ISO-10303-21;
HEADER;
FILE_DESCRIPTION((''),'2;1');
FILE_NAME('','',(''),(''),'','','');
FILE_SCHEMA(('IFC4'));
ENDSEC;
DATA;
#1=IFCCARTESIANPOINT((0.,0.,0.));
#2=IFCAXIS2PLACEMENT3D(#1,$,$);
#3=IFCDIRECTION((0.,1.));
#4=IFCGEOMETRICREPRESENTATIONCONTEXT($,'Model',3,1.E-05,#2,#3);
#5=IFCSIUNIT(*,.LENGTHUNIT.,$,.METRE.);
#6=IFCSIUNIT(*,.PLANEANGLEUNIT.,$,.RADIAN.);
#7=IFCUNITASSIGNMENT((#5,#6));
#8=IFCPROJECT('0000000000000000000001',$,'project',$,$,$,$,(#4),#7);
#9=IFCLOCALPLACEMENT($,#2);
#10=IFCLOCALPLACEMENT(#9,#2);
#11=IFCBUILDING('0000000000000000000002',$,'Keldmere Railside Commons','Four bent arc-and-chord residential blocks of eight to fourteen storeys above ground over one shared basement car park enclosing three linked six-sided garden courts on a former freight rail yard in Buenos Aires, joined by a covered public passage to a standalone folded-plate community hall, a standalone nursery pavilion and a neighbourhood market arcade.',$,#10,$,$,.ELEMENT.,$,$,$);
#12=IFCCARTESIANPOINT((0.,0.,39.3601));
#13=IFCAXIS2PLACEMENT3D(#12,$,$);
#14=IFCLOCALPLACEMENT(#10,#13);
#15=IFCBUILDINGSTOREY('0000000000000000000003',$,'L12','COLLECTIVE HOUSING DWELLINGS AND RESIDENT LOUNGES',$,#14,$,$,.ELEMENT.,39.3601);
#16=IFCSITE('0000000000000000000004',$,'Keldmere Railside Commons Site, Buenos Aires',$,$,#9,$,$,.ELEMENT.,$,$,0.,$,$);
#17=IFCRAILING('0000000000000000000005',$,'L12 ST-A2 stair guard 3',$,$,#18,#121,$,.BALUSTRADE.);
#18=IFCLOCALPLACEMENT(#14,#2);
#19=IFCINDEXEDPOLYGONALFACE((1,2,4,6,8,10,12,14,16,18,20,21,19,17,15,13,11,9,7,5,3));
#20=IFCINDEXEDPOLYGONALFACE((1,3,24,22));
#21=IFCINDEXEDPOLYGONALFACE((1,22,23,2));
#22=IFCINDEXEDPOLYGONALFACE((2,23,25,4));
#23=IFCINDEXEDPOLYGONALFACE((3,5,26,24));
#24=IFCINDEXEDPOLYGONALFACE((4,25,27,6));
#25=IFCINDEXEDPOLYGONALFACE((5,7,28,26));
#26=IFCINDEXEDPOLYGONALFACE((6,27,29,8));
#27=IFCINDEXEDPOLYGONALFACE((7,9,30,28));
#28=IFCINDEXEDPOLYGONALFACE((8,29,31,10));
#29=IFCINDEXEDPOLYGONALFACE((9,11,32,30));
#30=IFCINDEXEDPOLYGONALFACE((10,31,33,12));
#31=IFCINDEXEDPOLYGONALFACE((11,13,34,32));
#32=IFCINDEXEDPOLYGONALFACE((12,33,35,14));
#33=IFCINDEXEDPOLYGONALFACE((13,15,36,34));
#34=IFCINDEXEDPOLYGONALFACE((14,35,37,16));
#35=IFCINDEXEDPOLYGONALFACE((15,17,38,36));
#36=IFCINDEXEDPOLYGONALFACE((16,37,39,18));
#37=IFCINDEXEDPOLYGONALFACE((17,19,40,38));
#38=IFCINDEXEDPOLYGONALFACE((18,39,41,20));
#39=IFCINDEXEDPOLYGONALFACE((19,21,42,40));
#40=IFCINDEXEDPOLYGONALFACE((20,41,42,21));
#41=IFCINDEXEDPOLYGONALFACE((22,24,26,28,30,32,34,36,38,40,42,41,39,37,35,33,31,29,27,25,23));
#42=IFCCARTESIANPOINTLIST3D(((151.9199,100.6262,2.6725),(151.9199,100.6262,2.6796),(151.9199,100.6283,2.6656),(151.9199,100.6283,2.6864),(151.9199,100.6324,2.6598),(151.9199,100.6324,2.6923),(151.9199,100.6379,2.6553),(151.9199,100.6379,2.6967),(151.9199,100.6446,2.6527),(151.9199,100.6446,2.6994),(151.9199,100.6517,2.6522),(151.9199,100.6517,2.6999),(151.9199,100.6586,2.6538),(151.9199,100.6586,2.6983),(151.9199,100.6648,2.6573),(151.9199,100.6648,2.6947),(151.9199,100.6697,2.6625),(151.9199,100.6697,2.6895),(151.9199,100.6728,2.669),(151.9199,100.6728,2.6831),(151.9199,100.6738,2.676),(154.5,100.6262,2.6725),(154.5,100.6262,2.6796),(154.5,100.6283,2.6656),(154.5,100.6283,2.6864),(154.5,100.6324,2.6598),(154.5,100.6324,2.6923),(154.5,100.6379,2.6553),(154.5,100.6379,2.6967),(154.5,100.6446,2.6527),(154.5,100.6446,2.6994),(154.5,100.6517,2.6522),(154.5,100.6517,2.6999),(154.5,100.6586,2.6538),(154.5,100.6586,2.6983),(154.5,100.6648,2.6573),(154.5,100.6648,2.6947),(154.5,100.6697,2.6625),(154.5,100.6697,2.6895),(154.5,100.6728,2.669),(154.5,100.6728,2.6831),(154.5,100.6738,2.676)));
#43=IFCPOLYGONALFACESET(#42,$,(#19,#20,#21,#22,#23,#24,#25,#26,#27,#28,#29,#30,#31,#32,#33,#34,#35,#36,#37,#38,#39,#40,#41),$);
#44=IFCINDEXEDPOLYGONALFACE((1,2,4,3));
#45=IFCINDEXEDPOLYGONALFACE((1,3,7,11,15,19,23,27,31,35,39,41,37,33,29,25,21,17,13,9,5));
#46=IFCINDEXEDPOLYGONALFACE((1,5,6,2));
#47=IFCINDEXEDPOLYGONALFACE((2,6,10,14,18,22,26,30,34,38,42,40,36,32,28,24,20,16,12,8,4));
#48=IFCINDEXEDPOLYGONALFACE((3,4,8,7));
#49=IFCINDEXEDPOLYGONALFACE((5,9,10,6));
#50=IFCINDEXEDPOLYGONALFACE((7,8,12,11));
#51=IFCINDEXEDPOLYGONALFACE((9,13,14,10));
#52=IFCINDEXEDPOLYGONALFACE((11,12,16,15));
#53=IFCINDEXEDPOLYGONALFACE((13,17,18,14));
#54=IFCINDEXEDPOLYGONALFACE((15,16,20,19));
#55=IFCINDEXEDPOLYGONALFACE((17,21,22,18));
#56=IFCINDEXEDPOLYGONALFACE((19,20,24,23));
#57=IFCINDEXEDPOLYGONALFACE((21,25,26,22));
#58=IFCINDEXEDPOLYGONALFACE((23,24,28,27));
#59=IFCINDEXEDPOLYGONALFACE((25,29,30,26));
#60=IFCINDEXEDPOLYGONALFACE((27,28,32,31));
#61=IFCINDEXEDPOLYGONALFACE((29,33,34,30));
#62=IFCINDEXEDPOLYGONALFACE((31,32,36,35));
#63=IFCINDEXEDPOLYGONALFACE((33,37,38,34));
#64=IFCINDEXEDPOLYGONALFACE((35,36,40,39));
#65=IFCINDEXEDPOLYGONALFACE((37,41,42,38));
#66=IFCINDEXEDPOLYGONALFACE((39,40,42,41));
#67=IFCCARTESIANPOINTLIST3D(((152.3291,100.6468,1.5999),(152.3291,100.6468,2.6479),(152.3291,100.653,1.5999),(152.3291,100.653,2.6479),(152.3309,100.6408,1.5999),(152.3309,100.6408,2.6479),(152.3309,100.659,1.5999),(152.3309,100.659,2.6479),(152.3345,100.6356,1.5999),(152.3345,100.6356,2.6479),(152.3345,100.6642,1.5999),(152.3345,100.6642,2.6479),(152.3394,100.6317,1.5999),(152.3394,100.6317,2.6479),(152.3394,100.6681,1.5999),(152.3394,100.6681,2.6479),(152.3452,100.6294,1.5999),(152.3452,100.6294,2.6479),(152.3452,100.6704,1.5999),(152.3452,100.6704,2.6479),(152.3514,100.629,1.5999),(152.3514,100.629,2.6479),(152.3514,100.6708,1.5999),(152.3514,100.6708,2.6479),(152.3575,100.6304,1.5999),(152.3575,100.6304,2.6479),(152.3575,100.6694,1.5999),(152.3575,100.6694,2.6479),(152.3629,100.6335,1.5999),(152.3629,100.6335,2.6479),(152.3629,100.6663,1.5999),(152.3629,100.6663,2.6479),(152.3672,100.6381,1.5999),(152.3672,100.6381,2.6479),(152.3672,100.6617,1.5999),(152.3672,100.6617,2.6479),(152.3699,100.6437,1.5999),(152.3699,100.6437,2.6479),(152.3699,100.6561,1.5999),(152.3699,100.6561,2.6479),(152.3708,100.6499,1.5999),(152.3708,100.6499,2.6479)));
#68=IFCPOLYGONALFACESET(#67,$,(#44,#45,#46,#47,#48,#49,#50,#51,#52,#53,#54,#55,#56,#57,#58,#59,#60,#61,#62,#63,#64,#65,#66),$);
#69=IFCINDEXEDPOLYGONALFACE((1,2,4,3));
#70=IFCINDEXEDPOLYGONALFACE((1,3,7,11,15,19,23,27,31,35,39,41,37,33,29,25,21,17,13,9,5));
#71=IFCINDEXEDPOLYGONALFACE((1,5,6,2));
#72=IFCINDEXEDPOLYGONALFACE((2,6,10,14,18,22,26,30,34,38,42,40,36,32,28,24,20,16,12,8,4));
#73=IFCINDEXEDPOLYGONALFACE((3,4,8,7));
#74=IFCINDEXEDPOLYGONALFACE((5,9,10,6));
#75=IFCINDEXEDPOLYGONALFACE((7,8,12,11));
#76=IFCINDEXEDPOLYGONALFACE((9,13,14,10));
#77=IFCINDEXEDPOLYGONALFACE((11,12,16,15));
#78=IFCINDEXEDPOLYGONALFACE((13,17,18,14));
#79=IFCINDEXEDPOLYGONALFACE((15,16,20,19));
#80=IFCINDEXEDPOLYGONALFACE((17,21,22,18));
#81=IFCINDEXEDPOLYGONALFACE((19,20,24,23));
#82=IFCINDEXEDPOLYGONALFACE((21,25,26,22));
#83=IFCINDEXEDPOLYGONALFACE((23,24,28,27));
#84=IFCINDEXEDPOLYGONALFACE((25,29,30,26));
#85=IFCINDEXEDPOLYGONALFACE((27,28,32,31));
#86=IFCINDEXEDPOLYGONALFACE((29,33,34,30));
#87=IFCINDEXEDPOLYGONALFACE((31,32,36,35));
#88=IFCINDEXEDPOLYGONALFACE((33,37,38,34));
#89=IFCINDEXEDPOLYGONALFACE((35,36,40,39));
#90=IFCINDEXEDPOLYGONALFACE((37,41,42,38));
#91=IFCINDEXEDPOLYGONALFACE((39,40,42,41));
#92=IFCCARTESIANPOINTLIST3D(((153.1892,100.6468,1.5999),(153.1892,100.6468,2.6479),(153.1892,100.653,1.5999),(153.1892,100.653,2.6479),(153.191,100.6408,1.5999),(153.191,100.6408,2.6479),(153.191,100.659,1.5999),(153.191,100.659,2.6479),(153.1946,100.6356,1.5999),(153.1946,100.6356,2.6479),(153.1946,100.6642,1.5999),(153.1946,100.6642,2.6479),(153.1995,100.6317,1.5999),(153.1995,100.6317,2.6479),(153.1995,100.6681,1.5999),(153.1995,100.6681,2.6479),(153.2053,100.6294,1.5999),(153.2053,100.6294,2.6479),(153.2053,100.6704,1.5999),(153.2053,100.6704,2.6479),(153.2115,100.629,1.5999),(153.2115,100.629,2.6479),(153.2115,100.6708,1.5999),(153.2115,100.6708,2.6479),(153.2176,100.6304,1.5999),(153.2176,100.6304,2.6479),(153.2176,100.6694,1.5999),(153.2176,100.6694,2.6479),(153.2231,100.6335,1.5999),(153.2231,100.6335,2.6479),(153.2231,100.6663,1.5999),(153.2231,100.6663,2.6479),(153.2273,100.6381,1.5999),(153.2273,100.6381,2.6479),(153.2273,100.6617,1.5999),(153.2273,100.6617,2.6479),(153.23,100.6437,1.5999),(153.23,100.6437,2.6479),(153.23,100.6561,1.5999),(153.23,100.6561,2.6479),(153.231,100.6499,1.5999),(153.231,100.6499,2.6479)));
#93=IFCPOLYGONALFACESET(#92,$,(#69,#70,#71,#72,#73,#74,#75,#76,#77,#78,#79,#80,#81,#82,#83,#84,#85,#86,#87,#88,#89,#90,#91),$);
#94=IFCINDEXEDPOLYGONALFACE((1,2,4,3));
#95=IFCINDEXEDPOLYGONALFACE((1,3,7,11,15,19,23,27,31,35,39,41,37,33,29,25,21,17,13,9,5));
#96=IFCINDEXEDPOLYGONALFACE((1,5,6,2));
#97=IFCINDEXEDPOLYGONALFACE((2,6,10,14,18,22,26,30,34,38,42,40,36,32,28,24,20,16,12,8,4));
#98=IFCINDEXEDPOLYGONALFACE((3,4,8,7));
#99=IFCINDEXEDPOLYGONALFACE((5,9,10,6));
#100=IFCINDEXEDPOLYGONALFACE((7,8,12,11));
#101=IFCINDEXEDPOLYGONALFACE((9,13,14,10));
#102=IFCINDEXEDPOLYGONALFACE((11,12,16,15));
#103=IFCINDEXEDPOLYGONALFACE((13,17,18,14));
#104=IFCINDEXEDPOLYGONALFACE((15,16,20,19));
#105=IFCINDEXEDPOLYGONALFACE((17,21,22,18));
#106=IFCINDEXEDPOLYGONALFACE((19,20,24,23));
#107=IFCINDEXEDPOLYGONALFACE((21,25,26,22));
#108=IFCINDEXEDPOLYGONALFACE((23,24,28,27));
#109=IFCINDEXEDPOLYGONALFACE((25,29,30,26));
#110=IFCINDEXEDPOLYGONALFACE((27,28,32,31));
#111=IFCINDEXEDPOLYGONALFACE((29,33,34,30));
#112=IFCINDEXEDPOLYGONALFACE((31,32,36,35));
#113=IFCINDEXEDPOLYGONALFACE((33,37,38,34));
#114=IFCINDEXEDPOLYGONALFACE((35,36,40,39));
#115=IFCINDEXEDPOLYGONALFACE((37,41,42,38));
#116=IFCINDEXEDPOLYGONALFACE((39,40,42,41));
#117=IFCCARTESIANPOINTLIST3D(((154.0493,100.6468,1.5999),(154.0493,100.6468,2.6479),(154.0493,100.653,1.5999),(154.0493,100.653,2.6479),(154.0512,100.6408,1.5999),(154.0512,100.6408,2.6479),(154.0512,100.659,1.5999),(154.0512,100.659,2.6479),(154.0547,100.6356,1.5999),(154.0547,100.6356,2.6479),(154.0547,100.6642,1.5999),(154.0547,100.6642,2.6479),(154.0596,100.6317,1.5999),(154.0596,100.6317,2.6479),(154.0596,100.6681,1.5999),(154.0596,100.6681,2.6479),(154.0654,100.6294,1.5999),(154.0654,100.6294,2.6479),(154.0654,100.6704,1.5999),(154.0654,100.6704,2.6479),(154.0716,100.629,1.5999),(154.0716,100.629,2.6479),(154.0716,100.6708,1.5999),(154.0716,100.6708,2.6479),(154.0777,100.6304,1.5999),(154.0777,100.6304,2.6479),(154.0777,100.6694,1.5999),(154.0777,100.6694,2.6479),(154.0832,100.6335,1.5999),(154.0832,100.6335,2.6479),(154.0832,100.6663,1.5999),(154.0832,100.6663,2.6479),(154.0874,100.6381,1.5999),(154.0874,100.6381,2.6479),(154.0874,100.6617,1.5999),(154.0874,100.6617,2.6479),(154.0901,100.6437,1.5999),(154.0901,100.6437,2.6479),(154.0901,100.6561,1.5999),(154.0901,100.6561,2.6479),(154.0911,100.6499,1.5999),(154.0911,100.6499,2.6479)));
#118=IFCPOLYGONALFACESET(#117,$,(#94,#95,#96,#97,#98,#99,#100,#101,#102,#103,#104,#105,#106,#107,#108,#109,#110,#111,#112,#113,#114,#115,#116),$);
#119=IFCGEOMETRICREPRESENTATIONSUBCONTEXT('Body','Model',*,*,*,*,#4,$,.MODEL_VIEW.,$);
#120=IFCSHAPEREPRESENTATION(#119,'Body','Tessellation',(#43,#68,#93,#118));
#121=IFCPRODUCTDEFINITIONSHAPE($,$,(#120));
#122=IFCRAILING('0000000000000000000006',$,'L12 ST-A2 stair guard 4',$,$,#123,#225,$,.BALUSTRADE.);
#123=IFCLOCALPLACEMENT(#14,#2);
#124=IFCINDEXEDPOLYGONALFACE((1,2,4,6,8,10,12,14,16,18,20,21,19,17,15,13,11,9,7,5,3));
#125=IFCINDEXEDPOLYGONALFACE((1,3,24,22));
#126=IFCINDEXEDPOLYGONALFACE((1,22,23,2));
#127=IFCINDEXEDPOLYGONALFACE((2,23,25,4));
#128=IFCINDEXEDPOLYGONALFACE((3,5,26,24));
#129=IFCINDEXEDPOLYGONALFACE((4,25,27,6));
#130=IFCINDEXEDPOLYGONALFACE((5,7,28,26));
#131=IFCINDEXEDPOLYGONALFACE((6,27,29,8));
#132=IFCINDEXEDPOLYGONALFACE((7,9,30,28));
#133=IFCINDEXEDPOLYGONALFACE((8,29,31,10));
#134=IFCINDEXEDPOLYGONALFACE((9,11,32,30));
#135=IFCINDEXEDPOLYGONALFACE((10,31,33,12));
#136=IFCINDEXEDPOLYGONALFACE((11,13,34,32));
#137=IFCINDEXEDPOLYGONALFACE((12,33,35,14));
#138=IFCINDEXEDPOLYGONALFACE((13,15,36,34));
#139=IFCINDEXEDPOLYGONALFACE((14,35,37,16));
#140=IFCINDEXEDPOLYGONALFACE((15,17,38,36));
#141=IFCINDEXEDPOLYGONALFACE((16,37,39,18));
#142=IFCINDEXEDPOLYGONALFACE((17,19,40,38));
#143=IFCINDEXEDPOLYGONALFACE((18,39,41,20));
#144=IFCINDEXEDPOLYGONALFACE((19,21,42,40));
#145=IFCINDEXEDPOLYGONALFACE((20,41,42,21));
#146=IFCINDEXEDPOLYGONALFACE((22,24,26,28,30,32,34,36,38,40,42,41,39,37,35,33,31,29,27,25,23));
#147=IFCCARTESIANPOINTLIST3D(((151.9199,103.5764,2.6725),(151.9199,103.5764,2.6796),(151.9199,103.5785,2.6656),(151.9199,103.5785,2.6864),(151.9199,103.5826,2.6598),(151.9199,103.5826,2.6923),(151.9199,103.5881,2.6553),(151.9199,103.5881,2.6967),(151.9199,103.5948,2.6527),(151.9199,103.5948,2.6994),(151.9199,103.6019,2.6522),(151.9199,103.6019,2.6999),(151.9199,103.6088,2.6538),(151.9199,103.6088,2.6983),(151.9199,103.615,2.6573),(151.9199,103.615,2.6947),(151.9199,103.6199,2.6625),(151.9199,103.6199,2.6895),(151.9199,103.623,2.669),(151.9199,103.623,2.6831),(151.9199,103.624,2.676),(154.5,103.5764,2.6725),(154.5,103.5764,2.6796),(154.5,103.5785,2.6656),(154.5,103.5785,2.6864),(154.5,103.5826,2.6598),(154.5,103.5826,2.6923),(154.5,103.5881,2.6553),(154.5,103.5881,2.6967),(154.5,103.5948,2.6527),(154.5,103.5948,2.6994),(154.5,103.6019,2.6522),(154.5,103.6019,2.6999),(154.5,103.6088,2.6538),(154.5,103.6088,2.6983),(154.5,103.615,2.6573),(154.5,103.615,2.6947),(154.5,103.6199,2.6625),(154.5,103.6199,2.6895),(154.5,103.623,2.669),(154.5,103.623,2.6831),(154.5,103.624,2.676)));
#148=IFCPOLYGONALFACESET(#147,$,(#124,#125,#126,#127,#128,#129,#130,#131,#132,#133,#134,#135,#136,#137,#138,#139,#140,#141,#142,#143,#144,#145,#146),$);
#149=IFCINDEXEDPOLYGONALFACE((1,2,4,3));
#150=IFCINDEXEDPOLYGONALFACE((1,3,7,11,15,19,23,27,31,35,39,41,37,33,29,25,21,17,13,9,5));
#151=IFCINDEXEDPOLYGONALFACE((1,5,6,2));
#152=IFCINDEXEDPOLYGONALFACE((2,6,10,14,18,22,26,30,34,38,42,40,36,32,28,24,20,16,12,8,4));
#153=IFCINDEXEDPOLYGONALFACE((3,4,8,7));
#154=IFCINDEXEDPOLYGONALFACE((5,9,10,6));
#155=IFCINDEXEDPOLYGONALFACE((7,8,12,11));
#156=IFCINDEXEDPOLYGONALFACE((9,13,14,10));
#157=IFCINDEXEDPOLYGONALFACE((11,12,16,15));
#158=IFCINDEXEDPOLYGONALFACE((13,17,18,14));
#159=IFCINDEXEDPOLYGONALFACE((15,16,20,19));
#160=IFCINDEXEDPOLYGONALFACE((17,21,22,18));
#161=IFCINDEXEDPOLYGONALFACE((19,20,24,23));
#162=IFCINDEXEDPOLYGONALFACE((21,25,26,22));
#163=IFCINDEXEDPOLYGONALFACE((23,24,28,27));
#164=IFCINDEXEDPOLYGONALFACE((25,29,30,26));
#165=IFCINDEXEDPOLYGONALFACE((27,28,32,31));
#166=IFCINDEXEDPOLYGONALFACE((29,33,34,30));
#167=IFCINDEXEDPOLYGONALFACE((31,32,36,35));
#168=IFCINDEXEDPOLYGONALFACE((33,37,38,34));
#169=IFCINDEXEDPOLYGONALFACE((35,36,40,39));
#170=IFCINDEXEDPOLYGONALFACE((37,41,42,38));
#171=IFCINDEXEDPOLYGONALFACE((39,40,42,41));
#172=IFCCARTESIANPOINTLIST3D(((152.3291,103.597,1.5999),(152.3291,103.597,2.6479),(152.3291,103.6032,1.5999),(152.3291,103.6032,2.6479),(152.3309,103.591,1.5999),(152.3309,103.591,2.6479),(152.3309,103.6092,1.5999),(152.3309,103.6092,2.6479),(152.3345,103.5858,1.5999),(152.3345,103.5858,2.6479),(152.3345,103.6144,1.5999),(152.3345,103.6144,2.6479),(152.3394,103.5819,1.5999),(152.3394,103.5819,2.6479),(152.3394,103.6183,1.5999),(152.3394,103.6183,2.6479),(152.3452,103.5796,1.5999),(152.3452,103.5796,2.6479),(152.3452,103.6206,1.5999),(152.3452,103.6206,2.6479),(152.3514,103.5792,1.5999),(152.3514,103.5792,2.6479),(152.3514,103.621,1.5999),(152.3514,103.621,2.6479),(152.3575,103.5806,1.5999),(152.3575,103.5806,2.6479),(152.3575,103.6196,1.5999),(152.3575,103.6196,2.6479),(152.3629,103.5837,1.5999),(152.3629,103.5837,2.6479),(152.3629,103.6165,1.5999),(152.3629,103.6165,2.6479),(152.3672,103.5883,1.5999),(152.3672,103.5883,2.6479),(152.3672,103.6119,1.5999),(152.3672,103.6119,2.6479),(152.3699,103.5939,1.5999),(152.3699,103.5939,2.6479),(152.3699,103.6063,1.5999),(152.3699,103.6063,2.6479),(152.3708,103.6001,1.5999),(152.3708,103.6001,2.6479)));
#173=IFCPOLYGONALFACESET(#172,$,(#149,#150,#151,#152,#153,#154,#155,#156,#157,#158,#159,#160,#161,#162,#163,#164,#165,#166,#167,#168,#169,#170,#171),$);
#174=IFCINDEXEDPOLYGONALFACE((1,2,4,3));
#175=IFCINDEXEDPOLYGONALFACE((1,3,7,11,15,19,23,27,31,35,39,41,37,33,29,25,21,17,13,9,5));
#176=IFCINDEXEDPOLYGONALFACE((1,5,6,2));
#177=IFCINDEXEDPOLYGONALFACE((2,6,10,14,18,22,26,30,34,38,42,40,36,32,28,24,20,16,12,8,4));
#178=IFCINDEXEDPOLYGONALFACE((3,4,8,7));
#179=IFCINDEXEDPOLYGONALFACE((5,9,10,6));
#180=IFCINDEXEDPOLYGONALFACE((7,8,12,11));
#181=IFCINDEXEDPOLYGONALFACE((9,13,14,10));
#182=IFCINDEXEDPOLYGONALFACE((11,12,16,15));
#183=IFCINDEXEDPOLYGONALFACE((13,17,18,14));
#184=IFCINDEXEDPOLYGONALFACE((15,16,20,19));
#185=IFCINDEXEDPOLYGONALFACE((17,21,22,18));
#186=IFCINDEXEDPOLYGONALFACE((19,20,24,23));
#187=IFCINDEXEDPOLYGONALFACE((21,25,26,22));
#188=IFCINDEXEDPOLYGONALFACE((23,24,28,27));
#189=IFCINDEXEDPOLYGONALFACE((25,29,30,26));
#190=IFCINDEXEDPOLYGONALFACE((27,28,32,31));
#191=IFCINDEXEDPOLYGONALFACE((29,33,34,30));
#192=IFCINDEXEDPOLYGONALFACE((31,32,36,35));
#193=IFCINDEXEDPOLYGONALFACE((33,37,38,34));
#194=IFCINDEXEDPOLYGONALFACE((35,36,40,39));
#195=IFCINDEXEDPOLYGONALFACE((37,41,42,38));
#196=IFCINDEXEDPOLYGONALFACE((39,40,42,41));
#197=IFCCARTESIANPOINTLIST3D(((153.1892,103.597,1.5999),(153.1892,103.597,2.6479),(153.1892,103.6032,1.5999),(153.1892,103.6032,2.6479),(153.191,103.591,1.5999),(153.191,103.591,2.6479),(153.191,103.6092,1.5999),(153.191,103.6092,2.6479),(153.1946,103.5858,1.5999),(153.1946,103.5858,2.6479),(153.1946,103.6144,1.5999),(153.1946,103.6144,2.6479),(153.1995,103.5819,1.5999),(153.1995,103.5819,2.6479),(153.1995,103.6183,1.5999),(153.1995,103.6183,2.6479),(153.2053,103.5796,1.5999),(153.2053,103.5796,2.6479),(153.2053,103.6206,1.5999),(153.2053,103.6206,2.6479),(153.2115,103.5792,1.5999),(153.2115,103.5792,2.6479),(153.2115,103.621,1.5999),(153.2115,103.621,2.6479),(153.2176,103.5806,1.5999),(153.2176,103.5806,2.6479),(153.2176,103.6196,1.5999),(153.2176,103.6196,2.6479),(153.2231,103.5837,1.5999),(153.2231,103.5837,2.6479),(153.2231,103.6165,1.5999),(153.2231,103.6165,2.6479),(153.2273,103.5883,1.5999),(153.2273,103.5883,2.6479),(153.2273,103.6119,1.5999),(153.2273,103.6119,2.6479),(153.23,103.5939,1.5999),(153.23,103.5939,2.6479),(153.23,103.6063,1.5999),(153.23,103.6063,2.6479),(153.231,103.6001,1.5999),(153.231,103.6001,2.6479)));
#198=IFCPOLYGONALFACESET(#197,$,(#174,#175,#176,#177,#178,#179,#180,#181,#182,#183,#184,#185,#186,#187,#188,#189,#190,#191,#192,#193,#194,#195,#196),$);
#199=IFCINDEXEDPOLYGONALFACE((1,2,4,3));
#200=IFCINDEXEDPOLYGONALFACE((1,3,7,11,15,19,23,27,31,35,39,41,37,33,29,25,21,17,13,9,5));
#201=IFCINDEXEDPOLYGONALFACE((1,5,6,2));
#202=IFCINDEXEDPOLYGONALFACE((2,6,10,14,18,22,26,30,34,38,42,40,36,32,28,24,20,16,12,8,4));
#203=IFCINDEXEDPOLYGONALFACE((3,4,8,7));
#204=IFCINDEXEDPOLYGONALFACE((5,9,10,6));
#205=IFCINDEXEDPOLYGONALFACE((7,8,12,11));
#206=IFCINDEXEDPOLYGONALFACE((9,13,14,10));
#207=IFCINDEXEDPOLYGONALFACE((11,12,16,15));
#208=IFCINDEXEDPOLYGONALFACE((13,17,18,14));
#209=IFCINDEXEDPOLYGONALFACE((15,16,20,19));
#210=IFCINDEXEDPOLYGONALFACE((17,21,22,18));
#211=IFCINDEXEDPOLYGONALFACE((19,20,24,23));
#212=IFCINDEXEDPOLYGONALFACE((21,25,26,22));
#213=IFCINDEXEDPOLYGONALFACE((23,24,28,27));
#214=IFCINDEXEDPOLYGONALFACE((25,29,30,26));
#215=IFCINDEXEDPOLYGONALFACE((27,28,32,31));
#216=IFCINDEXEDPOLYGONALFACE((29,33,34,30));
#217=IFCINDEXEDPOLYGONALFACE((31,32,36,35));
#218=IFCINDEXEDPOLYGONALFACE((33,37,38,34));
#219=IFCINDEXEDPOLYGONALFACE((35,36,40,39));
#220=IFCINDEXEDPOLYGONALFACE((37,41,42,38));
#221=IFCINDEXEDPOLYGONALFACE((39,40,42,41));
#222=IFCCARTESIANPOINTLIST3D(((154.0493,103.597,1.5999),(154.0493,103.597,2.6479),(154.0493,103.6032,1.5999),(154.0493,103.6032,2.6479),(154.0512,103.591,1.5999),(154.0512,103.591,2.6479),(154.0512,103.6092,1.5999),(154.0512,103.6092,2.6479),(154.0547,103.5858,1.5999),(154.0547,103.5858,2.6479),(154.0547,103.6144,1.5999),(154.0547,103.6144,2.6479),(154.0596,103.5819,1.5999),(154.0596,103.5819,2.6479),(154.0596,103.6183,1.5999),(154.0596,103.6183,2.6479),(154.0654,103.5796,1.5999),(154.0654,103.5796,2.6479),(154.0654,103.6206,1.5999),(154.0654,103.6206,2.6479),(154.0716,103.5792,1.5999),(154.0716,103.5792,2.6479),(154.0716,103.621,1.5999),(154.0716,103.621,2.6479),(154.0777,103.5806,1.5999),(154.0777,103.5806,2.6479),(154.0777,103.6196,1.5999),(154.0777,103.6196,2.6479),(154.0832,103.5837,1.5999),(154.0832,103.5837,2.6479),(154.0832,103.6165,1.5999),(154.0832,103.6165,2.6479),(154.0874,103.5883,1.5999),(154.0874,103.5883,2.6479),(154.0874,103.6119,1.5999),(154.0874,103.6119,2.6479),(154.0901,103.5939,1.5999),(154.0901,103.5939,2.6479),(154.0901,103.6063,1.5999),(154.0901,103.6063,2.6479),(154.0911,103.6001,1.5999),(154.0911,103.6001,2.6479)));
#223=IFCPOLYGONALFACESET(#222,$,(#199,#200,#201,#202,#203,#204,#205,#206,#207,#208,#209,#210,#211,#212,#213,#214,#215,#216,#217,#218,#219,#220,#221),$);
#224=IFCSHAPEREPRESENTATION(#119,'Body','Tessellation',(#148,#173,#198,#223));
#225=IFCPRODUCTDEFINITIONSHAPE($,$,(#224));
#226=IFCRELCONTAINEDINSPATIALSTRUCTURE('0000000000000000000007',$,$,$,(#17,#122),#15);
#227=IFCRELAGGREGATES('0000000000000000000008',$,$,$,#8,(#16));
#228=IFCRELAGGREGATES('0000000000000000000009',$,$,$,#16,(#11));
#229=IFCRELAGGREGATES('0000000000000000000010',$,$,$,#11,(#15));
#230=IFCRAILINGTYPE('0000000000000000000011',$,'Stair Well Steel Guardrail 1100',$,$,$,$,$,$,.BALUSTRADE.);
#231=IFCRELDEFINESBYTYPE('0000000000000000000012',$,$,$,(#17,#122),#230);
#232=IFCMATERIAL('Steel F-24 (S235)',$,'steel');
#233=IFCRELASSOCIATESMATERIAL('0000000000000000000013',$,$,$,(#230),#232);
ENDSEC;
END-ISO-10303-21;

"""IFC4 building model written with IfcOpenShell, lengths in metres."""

from ifc_helpers import new_model, si_unit, direction, frame, origin, origin_2d, place, context, subcontext, project, spatial, circle, extrude, material, type_object, element, save


model = new_model("IFC4")

# Units and contexts
model_context = context("Model", 3, precision=1e-05, world=origin(), true_north=direction((0.0, 1.0)))
body_context = subcontext(model_context, "Body", "Model", "MODEL_VIEW")
ifc_project = project(units=[si_unit("LENGTHUNIT", "METRE"), si_unit("PLANEANGLEUNIT", "RADIAN")], contexts=[model_context])

# Site, building, storey
site_placement = place(None, origin())
site = spatial("IfcSite", under=ifc_project, at=site_placement, Name="Keldmere Railside Commons Site, Buenos Aires", CompositionType="ELEMENT", RefElevation=0.0)
building_placement = place(site_placement, origin())
building = spatial("IfcBuilding", under=site, at=building_placement, Name="Keldmere Railside Commons", Description="Four bent arc-and-chord residential blocks of eight to fourteen storeys above ground over one shared basement car park enclosing three linked six-sided garden courts on a former freight rail yard in Buenos Aires, joined by a covered public passage to a standalone folded-plate community hall, a standalone nursery pavilion and a neighbourhood market arcade.", CompositionType="ELEMENT")
storey_placement = place(building_placement, frame((0.0, 0.0, 39.3601)))
storey = spatial("IfcBuildingStorey", under=building, at=storey_placement, Name="L12", Description="COLLECTIVE HOUSING DWELLINGS AND RESIDENT LOUNGES", CompositionType="ELEMENT", Elevation=39.3601)

# Railings
ifc_material_1 = material(Name="Steel F-24 (S235)", Category="steel")
railing_type_1 = type_object("IfcRailingType", Name="Stair Well Steel Guardrail 1100", PredefinedType="BALUSTRADE", material=ifc_material_1)
for number, where, name in (
    (1, (151.9199, 100.6499, 1.5999), "L12 ST-A2 stair guard 3"),
    (2, (151.9199, 103.6001, 1.5999), "L12 ST-A2 stair guard 4"),
):
    element("IfcRailing", number, at=place(storey_placement, frame(where)), inside=storey, type_object=railing_type_1, Name=name, PredefinedType="BALUSTRADE", context=body_context, shape_type="SweptSolid", body=[
        extrude(circle(Radius=0.0239, at=origin_2d()), frame((0.0, 0.0, 1.0762), z_axis=(1.0, 0.0, 0.0), x_axis=(0.0, 1.0, 0.0)), (0.0, 0.0, 1.0), 2.5801),
        extrude(circle(Radius=0.021, at=origin_2d()), frame((0.4299, 0.0, 0.0)), (0.0, 0.0, 1.0), 1.0481),
        extrude(circle(Radius=0.021, at=origin_2d()), frame((1.29, 0.0, 0.0)), (0.0, 0.0, 1.0), 1.0481),
        extrude(circle(Radius=0.021, at=origin_2d()), frame((2.1501, 0.0, 0.0)), (0.0, 0.0, 1.0), 1.0481),
    ])

save(model, "model.ifc")
